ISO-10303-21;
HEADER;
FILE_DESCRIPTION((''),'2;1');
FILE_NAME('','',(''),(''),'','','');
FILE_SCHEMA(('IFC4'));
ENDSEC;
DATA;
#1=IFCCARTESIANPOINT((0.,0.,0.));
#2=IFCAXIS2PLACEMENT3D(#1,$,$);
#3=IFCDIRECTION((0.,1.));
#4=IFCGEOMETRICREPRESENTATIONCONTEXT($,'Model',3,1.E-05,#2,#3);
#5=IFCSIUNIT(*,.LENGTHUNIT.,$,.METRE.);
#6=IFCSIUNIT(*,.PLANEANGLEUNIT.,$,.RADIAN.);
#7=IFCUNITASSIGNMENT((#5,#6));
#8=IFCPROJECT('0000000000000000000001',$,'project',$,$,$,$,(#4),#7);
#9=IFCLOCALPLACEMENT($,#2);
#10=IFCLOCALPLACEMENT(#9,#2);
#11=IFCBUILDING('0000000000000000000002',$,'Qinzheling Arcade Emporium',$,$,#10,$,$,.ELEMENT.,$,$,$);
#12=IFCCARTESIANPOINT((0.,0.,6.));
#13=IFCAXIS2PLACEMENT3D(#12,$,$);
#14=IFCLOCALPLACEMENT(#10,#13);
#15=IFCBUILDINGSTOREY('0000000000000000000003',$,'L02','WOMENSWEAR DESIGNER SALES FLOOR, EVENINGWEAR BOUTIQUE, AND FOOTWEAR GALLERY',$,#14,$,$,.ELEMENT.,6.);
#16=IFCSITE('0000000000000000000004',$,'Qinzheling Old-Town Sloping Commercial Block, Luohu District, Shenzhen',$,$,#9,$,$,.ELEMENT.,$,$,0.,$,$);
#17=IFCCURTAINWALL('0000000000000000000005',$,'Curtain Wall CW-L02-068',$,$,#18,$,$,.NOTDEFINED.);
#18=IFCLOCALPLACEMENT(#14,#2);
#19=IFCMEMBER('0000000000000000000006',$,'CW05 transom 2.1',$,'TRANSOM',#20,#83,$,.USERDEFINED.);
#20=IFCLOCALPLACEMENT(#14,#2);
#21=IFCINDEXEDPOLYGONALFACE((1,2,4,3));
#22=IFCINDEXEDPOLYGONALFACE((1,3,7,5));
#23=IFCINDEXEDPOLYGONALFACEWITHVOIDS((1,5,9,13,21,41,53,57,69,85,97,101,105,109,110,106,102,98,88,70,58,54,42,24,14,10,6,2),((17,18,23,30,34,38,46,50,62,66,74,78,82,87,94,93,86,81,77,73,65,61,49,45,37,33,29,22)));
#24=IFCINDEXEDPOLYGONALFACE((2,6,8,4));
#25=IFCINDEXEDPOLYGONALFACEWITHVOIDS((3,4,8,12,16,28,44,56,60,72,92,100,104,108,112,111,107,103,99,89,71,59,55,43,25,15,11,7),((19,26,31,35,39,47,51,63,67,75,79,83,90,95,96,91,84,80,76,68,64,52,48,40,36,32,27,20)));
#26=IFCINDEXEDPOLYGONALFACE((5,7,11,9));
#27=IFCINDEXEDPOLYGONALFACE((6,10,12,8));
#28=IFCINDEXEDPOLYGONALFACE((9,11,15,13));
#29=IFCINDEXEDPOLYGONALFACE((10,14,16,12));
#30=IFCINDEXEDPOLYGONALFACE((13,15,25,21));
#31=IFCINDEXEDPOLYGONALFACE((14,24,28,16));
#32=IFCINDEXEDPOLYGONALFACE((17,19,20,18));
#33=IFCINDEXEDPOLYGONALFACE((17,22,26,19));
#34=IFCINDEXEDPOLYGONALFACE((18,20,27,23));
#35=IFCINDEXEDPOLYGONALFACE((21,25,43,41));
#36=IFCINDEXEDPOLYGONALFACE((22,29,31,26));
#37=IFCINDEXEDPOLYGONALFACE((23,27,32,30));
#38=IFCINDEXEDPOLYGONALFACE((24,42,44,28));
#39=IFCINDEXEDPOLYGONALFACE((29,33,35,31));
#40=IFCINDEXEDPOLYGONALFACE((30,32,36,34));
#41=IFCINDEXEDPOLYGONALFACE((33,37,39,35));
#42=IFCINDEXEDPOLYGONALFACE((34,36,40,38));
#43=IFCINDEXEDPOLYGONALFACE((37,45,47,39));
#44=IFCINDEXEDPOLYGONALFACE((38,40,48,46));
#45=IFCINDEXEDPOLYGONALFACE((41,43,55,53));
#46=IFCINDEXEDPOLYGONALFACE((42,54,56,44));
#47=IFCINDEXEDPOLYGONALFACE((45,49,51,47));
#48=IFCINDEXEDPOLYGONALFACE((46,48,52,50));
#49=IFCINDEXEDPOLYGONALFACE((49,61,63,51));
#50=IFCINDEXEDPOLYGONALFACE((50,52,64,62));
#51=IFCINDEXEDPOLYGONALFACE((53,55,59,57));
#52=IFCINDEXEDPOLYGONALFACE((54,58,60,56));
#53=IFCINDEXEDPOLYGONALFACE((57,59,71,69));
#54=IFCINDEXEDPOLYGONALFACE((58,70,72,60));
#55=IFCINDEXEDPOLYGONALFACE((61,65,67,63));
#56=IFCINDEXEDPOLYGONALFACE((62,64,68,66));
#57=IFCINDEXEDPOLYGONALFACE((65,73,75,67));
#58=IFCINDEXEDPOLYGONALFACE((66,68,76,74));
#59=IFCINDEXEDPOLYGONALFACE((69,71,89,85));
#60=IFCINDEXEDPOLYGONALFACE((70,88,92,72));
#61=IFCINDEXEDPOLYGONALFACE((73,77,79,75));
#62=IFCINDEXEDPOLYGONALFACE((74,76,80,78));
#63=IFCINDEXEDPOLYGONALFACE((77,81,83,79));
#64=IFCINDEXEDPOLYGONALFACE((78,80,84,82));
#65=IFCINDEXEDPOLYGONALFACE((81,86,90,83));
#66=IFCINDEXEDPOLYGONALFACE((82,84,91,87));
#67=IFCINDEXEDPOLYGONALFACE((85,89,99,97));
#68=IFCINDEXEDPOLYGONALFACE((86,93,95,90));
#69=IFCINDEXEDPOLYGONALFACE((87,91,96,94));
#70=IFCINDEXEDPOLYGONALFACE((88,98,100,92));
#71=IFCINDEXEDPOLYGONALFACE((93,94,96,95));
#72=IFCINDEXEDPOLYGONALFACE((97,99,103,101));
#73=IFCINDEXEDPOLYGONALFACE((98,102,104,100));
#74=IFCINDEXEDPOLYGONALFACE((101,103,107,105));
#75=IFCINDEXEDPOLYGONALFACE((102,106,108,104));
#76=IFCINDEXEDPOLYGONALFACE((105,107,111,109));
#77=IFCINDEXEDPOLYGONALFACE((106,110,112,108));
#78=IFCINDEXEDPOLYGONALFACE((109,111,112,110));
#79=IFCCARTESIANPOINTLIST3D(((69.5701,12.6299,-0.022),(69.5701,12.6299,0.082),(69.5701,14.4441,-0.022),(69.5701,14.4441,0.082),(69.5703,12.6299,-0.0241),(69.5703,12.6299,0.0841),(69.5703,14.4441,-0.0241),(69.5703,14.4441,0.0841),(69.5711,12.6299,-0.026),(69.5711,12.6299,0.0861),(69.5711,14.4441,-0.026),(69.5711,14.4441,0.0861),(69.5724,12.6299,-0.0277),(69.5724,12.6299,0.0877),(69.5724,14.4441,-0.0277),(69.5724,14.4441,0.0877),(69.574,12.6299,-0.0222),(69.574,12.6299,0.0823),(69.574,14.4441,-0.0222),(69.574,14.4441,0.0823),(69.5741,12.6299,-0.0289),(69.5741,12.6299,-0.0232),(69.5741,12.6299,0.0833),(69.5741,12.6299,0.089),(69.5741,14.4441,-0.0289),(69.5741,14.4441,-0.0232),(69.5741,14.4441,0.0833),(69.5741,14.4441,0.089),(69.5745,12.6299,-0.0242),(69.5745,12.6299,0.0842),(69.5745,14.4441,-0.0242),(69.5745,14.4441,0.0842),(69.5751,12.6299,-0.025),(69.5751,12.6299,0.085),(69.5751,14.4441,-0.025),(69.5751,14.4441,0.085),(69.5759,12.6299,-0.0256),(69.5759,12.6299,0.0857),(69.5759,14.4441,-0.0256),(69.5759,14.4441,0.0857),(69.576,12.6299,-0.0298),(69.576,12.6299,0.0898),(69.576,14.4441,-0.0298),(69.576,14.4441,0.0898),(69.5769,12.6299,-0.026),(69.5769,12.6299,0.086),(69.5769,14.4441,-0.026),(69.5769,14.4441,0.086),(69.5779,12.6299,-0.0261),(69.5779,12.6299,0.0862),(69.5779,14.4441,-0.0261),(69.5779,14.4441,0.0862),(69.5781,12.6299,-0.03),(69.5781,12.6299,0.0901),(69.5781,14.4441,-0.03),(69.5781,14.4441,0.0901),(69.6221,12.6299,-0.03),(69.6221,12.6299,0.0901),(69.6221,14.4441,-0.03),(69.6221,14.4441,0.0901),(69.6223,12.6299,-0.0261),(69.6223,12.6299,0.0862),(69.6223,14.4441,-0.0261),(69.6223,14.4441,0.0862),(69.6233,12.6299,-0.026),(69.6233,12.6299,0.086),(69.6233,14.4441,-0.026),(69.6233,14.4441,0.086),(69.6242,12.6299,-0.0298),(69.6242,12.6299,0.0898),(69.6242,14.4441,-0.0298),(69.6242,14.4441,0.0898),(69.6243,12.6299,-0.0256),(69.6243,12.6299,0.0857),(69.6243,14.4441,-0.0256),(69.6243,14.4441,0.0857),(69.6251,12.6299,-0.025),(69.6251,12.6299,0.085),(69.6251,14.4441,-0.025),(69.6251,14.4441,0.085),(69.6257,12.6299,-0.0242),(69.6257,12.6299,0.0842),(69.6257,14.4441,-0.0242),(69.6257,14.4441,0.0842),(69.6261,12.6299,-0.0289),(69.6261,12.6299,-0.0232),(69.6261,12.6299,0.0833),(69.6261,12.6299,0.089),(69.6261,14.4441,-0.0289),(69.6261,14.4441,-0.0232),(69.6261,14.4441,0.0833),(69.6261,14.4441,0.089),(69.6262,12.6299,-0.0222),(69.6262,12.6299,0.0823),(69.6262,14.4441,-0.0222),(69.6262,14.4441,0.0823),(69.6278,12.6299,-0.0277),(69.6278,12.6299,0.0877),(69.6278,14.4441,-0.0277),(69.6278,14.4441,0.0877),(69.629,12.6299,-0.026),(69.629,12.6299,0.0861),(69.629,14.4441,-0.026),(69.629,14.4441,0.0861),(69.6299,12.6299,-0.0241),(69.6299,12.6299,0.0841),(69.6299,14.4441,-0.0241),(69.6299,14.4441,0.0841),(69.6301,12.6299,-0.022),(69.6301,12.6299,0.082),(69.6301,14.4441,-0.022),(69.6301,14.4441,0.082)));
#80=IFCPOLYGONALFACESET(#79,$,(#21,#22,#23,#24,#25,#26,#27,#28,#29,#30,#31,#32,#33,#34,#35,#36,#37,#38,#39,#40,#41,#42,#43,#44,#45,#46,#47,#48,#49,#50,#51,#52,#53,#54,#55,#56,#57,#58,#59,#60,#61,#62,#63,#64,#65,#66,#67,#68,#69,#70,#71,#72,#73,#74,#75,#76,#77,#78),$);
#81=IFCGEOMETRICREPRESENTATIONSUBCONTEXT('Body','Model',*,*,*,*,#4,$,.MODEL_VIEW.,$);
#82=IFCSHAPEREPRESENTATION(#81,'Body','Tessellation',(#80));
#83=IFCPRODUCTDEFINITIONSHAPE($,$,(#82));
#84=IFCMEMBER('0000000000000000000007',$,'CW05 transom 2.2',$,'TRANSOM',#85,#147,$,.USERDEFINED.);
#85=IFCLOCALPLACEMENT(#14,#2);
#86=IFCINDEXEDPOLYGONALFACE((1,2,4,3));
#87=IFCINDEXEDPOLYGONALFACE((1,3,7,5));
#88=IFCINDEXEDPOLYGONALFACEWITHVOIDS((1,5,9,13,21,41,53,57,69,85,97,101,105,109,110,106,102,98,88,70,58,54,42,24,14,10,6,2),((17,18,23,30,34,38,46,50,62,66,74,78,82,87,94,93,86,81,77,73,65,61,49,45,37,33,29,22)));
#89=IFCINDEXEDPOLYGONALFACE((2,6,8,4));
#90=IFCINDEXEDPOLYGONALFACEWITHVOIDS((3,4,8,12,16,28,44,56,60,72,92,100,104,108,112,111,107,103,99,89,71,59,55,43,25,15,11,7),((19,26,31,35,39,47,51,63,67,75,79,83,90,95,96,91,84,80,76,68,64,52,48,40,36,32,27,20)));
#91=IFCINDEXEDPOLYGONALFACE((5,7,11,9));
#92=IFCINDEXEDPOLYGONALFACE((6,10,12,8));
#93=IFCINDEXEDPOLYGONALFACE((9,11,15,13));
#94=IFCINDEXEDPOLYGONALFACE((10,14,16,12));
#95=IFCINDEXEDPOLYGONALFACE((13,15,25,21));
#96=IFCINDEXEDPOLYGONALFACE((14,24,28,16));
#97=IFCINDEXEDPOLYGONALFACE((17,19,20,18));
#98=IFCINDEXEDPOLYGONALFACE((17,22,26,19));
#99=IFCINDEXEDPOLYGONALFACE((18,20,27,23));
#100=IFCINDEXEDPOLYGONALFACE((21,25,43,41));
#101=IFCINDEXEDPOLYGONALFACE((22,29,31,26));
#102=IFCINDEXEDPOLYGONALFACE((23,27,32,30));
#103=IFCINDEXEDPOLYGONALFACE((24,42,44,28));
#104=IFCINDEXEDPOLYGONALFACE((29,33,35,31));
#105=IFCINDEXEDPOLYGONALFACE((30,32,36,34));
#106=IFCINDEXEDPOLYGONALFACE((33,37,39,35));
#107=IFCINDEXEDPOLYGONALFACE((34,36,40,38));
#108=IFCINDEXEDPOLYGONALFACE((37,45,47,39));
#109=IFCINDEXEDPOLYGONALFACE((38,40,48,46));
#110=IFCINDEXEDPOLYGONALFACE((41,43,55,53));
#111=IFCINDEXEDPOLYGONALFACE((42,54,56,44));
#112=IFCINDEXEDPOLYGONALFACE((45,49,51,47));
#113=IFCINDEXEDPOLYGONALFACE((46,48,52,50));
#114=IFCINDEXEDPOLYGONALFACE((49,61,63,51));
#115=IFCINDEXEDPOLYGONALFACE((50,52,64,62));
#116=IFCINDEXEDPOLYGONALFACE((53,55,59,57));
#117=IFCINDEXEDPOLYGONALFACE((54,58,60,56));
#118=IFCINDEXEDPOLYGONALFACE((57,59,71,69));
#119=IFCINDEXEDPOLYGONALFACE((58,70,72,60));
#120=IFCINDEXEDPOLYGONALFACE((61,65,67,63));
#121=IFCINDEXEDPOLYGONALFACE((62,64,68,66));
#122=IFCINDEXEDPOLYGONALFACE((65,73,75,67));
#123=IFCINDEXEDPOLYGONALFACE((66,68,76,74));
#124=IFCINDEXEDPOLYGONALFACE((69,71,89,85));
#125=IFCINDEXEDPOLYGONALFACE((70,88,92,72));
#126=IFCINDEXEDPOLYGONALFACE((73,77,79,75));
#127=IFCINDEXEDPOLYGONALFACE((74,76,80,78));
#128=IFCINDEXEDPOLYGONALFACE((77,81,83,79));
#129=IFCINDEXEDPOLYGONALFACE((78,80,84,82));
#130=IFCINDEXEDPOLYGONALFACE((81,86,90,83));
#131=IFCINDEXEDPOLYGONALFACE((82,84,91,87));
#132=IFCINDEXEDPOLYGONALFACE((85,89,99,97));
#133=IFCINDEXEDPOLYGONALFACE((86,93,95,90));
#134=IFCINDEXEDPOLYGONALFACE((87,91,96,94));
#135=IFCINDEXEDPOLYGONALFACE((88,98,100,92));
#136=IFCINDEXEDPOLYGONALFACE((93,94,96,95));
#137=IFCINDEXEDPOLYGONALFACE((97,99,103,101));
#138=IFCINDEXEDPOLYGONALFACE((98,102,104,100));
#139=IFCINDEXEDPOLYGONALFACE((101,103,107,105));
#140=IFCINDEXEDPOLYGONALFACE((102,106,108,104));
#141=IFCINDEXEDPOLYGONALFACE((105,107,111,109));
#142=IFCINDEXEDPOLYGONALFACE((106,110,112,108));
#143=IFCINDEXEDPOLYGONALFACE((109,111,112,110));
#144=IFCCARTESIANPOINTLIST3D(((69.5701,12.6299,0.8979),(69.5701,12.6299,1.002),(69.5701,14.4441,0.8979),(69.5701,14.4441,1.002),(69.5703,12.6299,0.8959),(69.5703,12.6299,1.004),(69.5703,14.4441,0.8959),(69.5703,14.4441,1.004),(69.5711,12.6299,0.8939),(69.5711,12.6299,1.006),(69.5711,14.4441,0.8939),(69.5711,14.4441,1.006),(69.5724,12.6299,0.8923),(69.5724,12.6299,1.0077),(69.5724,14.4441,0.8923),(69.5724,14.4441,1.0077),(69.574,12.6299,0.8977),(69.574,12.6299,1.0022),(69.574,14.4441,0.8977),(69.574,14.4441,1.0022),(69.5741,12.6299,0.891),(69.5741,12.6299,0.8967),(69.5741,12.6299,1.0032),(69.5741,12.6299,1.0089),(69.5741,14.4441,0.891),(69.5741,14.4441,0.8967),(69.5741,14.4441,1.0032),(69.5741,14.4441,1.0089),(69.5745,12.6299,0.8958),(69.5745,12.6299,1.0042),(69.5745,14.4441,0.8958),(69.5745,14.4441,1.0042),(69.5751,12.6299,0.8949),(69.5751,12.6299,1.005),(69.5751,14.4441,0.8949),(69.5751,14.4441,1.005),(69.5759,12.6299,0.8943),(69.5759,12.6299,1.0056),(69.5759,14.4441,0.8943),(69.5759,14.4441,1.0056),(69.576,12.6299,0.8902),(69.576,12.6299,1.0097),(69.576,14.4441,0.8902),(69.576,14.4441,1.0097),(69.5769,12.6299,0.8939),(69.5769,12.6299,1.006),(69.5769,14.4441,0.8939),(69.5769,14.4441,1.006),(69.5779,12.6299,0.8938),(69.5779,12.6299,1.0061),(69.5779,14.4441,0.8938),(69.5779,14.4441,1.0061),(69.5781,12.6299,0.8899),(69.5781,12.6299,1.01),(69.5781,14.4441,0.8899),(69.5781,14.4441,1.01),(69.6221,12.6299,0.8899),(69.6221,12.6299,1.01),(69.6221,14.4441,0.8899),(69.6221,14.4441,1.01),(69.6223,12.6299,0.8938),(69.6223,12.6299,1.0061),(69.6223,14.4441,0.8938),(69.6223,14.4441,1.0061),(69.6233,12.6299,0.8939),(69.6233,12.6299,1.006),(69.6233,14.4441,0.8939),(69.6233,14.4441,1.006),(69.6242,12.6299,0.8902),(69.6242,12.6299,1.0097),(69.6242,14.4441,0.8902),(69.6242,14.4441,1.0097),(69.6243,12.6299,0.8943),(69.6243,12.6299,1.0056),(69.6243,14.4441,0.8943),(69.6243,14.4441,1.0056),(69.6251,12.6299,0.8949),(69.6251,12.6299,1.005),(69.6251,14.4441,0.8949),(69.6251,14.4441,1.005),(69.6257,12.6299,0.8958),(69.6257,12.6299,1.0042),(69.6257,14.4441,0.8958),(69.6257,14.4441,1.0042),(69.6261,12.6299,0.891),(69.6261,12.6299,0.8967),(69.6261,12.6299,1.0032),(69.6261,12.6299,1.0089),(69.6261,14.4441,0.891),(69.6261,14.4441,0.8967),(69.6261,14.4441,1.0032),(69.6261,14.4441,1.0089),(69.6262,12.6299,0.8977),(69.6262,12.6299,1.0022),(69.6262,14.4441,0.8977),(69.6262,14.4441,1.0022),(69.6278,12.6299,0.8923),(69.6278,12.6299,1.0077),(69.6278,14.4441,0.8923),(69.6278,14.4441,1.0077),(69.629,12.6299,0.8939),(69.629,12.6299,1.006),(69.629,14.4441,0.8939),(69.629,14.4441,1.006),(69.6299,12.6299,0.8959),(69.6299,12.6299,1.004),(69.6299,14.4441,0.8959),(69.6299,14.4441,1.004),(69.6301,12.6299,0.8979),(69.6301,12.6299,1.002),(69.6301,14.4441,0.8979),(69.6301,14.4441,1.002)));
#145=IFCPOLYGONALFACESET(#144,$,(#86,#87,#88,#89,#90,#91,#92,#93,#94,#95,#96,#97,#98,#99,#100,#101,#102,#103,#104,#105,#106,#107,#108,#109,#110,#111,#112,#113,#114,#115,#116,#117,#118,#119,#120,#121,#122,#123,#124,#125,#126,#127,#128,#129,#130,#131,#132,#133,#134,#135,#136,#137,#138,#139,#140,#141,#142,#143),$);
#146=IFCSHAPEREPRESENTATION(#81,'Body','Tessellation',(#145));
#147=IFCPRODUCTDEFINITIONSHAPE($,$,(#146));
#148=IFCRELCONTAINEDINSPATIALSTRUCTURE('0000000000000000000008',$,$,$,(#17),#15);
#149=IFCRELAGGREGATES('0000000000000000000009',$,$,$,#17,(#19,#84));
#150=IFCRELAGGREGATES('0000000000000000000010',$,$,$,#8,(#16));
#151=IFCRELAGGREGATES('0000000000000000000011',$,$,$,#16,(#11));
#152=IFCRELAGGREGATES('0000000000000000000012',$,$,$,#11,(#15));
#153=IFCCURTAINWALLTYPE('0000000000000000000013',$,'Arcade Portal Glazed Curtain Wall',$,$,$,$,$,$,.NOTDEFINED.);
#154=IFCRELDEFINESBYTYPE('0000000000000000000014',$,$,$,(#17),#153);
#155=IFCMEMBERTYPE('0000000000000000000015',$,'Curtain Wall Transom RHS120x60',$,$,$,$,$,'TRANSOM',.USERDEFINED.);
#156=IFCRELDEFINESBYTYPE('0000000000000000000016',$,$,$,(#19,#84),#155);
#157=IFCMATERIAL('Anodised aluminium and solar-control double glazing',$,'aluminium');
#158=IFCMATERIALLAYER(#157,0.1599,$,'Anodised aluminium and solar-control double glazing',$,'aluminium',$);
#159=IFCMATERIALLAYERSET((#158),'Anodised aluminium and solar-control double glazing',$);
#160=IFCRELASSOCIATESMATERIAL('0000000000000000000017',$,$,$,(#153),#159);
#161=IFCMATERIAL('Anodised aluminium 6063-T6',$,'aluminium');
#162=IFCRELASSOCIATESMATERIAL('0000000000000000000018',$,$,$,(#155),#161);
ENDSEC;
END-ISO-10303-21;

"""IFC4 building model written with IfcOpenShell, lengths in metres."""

from ifc_helpers import new_model, si_unit, direction, frame, origin, origin_2d, place, context, subcontext, project, spatial, hollow_rectangle, extrude, material, layer, layer_set, material_profile, profile_set, type_object, element, aggregate, save


model = new_model("IFC4")

# Units and contexts
model_context = context("Model", 3, precision=1e-05, world=origin(), true_north=direction((0.0, 1.0)))
body_context = subcontext(model_context, "Body", "Model", "MODEL_VIEW")
ifc_project = project(units=[si_unit("LENGTHUNIT", "METRE"), si_unit("PLANEANGLEUNIT", "RADIAN")], contexts=[model_context])

# Site, building, storey
site_placement = place(None, origin())
site = spatial("IfcSite", under=ifc_project, at=site_placement, Name="Qinzheling Old-Town Sloping Commercial Block, Luohu District, Shenzhen", CompositionType="ELEMENT", RefElevation=0.0)
building_placement = place(site_placement, origin())
building = spatial("IfcBuilding", under=site, at=building_placement, Name="Qinzheling Arcade Emporium", CompositionType="ELEMENT")
storey_placement = place(building_placement, frame((0.0, 0.0, 6.0)))
storey = spatial("IfcBuildingStorey", under=building, at=storey_placement, Name="L02", Description="WOMENSWEAR DESIGNER SALES FLOOR, EVENINGWEAR BOUTIQUE, AND FOOTWEAR GALLERY", CompositionType="ELEMENT", Elevation=6.0)

# Curtain wall, members
ifc_material_1 = material(Name="Anodised aluminium and solar-control double glazing", Category="aluminium")
ifc_layer_1 = layer(ifc_material_1, 0.1599, Name="Anodised aluminium and solar-control double glazing", Category="aluminium")
ifc_layer_set_1 = layer_set([ifc_layer_1], Name="Anodised aluminium and solar-control double glazing")
curtain_wall_type = type_object("IfcCurtainWallType", Name="Arcade Portal Glazed Curtain Wall", PredefinedType="NOTDEFINED", material=ifc_layer_set_1)
curtain_wall_placement = place(storey_placement, origin())
curtain_wall = element("IfcCurtainWall", 1, at=curtain_wall_placement, inside=storey, type_object=curtain_wall_type, Name="Curtain Wall CW-L02-068", PredefinedType="NOTDEFINED")
ifc_material_2 = material(Name="Anodised aluminium 6063-T6", Category="aluminium")
ifc_material_profile_1 = material_profile(ifc_material_2, hollow_rectangle(XDim=0.0601, YDim=0.1201, WallThickness=0.0039, InnerFilletRadius=0.0039, OuterFilletRadius=0.0081, at=origin_2d()), Name="RHS 120x60x4", Category="aluminium")
ifc_profile_set_1 = profile_set([ifc_material_profile_1], Name="Anodised aluminium 6063-T6")
member_type_1 = type_object("IfcMemberType", Name="Curtain Wall Transom RHS120x60", ElementType="TRANSOM", PredefinedType="USERDEFINED", material=ifc_profile_set_1)
member_1_placement = place(storey_placement, frame((69.6001, 14.4441, 0.03), z_axis=(0.0, -1.0, 0.0), x_axis=(1.0, 0.0, 0.0)))
member_1 = element("IfcMember", 2, at=member_1_placement, type_object=member_type_1, Name="CW05 transom 2.1", ObjectType="TRANSOM", PredefinedType="USERDEFINED", context=body_context, shape_type="SweptSolid", body=[
    extrude(hollow_rectangle(XDim=0.0601, YDim=0.1201, WallThickness=0.0039, InnerFilletRadius=0.0039, OuterFilletRadius=0.0081, at=origin_2d()), origin(), (0.0, 0.0, 1.0), 1.8142),
])
member_2_placement = place(storey_placement, frame((69.6001, 14.4441, 0.95), z_axis=(0.0, -1.0, 0.0), x_axis=(1.0, 0.0, 0.0)))
member_2 = element("IfcMember", 3, at=member_2_placement, type_object=member_type_1, Name="CW05 transom 2.2", ObjectType="TRANSOM", PredefinedType="USERDEFINED", context=body_context, shape_type="SweptSolid", body=[
    extrude(hollow_rectangle(XDim=0.0601, YDim=0.1201, WallThickness=0.0039, InnerFilletRadius=0.0039, OuterFilletRadius=0.0081, at=origin_2d()), origin(), (0.0, 0.0, 1.0), 1.8142),
])
aggregate(curtain_wall, [member_1, member_2])

save(model, "model.ifc")
